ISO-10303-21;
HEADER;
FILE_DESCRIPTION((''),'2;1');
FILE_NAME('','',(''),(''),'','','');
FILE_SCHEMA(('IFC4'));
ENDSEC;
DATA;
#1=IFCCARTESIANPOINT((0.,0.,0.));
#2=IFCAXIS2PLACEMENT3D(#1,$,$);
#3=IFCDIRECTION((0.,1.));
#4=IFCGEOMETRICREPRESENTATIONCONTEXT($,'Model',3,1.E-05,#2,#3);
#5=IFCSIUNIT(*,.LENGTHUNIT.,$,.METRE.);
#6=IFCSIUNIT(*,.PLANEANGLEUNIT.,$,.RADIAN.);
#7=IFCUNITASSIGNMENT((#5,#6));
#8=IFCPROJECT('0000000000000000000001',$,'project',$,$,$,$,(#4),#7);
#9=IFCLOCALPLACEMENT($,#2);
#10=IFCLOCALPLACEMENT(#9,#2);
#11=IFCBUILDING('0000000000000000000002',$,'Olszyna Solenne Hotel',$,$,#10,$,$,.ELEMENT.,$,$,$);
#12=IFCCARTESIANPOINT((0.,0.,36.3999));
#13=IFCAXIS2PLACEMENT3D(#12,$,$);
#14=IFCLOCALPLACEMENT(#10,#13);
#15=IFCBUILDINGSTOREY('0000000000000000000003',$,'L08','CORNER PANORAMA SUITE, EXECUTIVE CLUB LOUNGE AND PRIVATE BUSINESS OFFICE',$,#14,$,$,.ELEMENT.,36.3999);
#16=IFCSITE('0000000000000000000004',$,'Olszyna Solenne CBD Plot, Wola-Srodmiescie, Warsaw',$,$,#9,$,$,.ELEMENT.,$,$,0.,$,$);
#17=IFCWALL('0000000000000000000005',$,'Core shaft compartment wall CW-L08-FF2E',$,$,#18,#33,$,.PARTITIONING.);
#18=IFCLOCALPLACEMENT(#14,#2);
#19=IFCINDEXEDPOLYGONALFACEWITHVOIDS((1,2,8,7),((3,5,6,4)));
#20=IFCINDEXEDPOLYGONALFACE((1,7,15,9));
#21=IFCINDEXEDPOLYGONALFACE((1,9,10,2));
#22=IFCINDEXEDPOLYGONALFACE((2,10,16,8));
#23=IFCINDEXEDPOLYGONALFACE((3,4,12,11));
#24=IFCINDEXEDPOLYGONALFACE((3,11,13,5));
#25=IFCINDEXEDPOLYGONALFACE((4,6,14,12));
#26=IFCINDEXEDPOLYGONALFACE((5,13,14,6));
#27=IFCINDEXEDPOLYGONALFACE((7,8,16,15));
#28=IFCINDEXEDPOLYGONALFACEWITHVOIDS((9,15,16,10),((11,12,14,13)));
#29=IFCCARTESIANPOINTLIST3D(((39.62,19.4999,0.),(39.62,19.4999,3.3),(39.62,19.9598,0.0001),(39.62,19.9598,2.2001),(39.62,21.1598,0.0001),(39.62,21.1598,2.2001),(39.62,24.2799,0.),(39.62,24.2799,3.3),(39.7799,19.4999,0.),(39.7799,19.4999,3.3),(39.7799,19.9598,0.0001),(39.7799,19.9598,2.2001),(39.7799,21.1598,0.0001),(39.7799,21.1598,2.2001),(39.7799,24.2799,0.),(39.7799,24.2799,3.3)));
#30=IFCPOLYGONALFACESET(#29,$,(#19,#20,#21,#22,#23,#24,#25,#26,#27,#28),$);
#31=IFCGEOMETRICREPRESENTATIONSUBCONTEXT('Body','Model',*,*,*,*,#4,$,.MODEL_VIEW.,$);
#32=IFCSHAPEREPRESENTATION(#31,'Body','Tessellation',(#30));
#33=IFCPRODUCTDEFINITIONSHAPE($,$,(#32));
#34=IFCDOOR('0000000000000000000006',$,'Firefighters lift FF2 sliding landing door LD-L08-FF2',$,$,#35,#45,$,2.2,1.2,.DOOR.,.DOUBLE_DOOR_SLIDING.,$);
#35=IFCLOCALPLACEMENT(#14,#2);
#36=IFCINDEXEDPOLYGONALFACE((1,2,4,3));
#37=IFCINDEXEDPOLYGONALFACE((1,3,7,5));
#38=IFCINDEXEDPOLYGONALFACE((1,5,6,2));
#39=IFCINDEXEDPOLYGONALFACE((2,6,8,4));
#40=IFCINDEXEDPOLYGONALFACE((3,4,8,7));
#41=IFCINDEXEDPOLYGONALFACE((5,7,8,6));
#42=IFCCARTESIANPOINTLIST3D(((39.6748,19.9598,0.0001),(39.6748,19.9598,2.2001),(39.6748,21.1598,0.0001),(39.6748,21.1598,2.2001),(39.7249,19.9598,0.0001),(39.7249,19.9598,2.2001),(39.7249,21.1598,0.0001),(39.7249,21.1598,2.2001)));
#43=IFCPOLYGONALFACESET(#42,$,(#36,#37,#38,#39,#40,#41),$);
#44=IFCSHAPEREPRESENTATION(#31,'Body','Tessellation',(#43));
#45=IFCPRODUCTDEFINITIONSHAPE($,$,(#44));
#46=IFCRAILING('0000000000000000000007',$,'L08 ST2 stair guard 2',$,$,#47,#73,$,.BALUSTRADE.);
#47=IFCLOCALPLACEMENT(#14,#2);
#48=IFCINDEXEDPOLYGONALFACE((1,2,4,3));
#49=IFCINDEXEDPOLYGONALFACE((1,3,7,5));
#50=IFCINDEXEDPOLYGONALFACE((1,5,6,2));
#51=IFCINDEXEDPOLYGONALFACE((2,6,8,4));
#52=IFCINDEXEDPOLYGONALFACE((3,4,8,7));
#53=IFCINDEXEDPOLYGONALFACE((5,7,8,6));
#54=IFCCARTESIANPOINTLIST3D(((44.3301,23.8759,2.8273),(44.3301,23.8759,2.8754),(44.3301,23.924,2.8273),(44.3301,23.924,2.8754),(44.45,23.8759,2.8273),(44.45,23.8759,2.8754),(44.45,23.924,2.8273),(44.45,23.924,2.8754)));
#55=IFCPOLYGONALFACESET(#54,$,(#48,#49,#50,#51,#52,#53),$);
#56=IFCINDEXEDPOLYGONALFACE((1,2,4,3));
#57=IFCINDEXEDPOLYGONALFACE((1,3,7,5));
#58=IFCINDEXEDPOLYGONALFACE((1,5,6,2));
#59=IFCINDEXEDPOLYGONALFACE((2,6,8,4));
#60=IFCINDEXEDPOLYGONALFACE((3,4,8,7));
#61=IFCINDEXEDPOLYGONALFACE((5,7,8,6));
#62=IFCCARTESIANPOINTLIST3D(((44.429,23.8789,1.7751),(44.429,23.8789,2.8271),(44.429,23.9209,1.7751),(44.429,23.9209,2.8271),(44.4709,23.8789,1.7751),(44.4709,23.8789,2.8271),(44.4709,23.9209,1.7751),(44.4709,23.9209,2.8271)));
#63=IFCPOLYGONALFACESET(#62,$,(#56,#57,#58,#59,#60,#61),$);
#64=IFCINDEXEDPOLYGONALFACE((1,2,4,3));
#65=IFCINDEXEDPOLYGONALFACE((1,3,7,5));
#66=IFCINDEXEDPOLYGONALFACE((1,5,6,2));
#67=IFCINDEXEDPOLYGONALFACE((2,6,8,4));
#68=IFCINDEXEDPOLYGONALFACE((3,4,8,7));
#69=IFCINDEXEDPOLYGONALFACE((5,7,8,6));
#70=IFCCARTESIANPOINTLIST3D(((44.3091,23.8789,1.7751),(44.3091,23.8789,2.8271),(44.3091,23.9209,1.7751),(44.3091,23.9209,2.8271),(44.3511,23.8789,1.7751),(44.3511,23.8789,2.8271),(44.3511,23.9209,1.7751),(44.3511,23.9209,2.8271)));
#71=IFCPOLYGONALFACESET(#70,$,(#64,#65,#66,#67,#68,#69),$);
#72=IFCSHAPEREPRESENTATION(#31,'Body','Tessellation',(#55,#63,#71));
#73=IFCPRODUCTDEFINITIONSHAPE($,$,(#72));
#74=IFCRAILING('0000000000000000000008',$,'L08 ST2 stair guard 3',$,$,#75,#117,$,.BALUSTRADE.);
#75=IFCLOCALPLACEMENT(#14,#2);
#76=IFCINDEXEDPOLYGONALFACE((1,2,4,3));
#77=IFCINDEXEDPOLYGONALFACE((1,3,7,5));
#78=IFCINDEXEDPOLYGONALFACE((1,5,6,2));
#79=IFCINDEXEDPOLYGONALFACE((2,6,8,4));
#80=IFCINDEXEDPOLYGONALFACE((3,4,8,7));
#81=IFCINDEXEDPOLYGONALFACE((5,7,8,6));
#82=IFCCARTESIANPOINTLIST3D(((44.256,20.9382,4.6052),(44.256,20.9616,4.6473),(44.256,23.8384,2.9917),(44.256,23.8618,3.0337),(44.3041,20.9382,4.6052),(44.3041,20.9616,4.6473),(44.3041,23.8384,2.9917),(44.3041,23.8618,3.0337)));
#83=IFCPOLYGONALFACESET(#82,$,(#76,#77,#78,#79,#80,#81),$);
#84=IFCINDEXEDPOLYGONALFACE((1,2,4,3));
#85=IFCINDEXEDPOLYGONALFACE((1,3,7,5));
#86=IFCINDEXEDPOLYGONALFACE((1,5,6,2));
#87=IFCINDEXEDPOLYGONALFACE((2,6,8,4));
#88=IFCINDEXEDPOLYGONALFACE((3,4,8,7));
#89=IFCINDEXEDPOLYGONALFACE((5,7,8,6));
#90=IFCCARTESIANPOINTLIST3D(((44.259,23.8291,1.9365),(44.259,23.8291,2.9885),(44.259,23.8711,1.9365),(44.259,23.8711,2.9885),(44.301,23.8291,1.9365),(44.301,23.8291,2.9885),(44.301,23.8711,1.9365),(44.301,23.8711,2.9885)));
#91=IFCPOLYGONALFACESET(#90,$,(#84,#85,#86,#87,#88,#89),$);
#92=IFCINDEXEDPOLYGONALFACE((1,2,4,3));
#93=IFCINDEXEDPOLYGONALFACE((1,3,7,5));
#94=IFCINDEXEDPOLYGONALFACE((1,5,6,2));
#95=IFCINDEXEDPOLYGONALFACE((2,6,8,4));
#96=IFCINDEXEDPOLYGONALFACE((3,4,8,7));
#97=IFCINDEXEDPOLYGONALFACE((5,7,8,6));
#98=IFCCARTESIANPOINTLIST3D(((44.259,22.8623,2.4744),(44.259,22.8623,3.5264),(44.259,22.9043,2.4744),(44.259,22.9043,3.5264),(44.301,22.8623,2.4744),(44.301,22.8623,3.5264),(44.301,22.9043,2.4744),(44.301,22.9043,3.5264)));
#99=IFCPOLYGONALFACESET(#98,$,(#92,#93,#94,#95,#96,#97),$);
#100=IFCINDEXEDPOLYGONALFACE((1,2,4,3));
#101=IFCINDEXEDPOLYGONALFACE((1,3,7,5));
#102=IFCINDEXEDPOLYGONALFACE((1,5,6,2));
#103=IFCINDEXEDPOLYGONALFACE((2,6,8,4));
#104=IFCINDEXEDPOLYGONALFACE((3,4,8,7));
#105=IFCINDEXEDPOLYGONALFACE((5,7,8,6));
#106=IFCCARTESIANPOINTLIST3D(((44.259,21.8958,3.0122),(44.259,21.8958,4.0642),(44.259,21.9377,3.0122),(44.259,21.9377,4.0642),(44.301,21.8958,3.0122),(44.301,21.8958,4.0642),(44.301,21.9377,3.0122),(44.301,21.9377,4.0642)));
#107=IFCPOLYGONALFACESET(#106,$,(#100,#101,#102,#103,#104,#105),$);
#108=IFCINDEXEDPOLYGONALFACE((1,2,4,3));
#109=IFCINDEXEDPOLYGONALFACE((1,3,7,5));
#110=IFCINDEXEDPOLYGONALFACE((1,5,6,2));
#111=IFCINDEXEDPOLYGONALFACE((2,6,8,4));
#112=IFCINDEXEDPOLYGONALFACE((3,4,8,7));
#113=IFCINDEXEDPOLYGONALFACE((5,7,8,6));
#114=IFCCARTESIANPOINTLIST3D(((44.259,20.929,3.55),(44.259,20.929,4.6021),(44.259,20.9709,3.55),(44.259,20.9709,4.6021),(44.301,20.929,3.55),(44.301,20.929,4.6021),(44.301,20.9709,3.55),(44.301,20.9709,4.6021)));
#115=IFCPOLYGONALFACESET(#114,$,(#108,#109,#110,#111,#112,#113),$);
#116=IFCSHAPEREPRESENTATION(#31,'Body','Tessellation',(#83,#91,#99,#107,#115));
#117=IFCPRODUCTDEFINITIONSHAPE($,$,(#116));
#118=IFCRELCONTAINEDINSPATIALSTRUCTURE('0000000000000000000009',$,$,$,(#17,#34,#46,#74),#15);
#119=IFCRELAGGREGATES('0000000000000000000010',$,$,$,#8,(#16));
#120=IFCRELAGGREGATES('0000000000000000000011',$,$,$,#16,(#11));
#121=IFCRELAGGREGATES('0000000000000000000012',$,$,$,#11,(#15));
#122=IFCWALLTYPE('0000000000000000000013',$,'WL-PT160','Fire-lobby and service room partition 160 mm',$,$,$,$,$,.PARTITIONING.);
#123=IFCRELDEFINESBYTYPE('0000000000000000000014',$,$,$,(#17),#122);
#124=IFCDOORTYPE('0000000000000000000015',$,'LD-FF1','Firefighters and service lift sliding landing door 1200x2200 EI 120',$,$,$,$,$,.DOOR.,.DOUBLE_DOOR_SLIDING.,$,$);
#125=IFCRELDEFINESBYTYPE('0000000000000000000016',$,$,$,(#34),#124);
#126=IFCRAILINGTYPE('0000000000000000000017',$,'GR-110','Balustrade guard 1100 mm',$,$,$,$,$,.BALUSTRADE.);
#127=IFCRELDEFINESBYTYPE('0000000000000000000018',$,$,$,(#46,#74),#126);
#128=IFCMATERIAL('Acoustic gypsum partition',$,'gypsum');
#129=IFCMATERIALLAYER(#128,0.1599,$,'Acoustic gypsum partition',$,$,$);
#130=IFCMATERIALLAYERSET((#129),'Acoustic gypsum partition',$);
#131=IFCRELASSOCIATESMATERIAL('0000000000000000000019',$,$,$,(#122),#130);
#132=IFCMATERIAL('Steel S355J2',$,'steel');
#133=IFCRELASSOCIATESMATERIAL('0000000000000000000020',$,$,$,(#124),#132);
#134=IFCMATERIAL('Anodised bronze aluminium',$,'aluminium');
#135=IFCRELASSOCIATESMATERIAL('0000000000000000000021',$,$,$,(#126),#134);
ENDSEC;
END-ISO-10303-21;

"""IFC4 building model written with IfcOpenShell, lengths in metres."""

from ifc_helpers import new_model, si_unit, direction, frame, frame_2d, origin, origin_2d, place, context, subcontext, project, spatial, rectangle, extrude, source, transform, mapped, material, layer, layer_set, type_object, type_shapes, element, fill, save


model = new_model("IFC4")

# Units and contexts
model_context = context("Model", 3, precision=1e-05, world=origin(), true_north=direction((0.0, 1.0)))
body_context = subcontext(model_context, "Body", "Model", "MODEL_VIEW")
ifc_project = project(units=[si_unit("LENGTHUNIT", "METRE"), si_unit("PLANEANGLEUNIT", "RADIAN")], contexts=[model_context])

# Site, building, storey
site_placement = place(None, origin())
site = spatial("IfcSite", under=ifc_project, at=site_placement, Name="Olszyna Solenne CBD Plot, Wola-Srodmiescie, Warsaw", CompositionType="ELEMENT", RefElevation=0.0)
building_placement = place(site_placement, origin())
building = spatial("IfcBuilding", under=site, at=building_placement, Name="Olszyna Solenne Hotel", CompositionType="ELEMENT")
storey_placement = place(building_placement, frame((0.0, 0.0, 36.3999)))
storey = spatial("IfcBuildingStorey", under=building, at=storey_placement, Name="L08", Description="CORNER PANORAMA SUITE, EXECUTIVE CLUB LOUNGE AND PRIVATE BUSINESS OFFICE", CompositionType="ELEMENT", Elevation=36.3999)

# Shared definitions
ifc_material_1 = material(Name="Steel S355J2", Category="steel")

# Shared definitions
ifc_material_2 = material(Name="Acoustic gypsum partition", Category="gypsum")

# Shared definitions
ifc_layer_1 = layer(ifc_material_2, 0.1599, Name="Acoustic gypsum partition")
ifc_layer_set_1 = layer_set([ifc_layer_1], Name="Acoustic gypsum partition")
wall_type_1 = type_object("IfcWallType", Name="WL-PT160", Description="Fire-lobby and service room partition 160 mm", PredefinedType="PARTITIONING", material=ifc_layer_set_1)

# Wall, opening, door
wall_1_placement = place(storey_placement, frame((39.7, 24.28, 0.0), z_axis=(0.0, 0.0, 1.0), x_axis=(0.0, -1.0, 0.0)))
wall_1 = element("IfcWall", 1, at=wall_1_placement, inside=storey, type_object=wall_type_1, Name="Core shaft compartment wall CW-L08-FF2E", PredefinedType="PARTITIONING", context=body_context, shape_type="SweptSolid", body=[
    extrude(rectangle(XDim=4.78, YDim=0.1599, at=frame_2d((2.3901, 0.0))), origin(), (0.0, 0.0, 1.0), 3.3),
])
opening_1_placement = place(wall_1_placement, frame((3.1201, 0.0, 0.0)))
opening_1 = element("IfcOpeningElement", 2, at=opening_1_placement, cuts=wall_1, PredefinedType="OPENING", context=body_context, shape_type="SweptSolid", body=[
    extrude(rectangle(XDim=1.2, YDim=2.2, at=frame_2d((0.6001, 1.1001))), frame((0.0, 0.0898, 0.0), z_axis=(0.0, -1.0, 0.0), x_axis=(1.0, 0.0, 0.0)), (0.0, 0.0, 1.0), 0.1799),
])
door_type_1 = type_object("IfcDoorType", Name="LD-FF1", Description="Firefighters and service lift sliding landing door 1200x2200 EI 120", OperationType="DOUBLE_DOOR_SLIDING", PredefinedType="DOOR", material=ifc_material_1)
shared_shape_1 = source(origin(), body_context, "Body", "SweptSolid", [
    extrude(rectangle(XDim=1.2, YDim=2.2, at=frame_2d((0.6001, 1.1001))), frame((0.0, 0.0249, 0.0), z_axis=(0.0, -1.0, 0.0), x_axis=(1.0, 0.0, 0.0)), (0.0, 0.0, 1.0), 0.05),
])
type_shapes(door_type_1, [shared_shape_1])
door_1_placement = place(opening_1_placement, origin())
door_1 = element("IfcDoor", 3, at=door_1_placement, inside=storey, type_object=door_type_1, Name="Firefighters lift FF2 sliding landing door LD-L08-FF2", OperationType="DOUBLE_DOOR_SLIDING", OverallHeight=2.2, OverallWidth=1.2, PredefinedType="DOOR", context=body_context, shape_type="MappedRepresentation", body=[
    mapped(shared_shape_1, transform((0.0, 0.0, 0.0), x_axis=(1.0, 0.0, 0.0), y_axis=(0.0, 1.0, 0.0), z_axis=(0.0, 0.0, 1.0), scale=1.0)),
])
fill(opening_1, door_1)

# Railings
ifc_material_3 = material(Name="Anodised bronze aluminium", Category="aluminium")
railing_type = type_object("IfcRailingType", Name="GR-110", Description="Balustrade guard 1100 mm", PredefinedType="BALUSTRADE", material=ifc_material_3)
railing_1_placement = place(storey_placement, frame((44.45, 23.8999, 1.7751)))
element("IfcRailing", 4, at=railing_1_placement, inside=storey, type_object=railing_type, Name="L08 ST2 stair guard 2", PredefinedType="BALUSTRADE", context=body_context, shape_type="SweptSolid", body=[
    extrude(rectangle(XDim=0.0481, YDim=0.0481, at=origin_2d()), frame((0.0, 0.0, 1.0762), z_axis=(-1.0, 0.0, 0.0), x_axis=(0.0, -1.0, 0.0)), (0.0, 0.0, 1.0), 0.1199),
    extrude(rectangle(XDim=0.042, YDim=0.042, at=origin_2d()), origin(), (0.0, 0.0, 1.0), 1.052),
    extrude(rectangle(XDim=0.042, YDim=0.042, at=origin_2d()), frame((-0.1199, 0.0, 0.0)), (0.0, 0.0, 1.0), 1.052),
])
railing_2_placement = place(storey_placement, frame((44.28, 23.8501, 1.9365)))
element("IfcRailing", 5, at=railing_2_placement, inside=storey, type_object=railing_type, Name="L08 ST2 stair guard 3", PredefinedType="BALUSTRADE", context=body_context, shape_type="SweptSolid", body=[
    extrude(rectangle(XDim=0.0481, YDim=0.0481, at=origin_2d()), frame((0.0, 0.0, 1.0762), z_axis=(0.0, -0.873859, 0.48618), x_axis=(1.0, 0.0, 0.0)), (0.0, 0.0, 1.0), 3.3188),
    extrude(rectangle(XDim=0.042, YDim=0.042, at=origin_2d()), origin(), (0.0, 0.0, 1.0), 1.052),
    extrude(rectangle(XDim=0.042, YDim=0.042, at=origin_2d()), frame((0.0, -0.9668, 0.5378)), (0.0, 0.0, 1.0), 1.052),
    extrude(rectangle(XDim=0.042, YDim=0.042, at=origin_2d()), frame((0.0, -1.9333, 1.0757)), (0.0, 0.0, 1.0), 1.052),
    extrude(rectangle(XDim=0.042, YDim=0.042, at=origin_2d()), frame((0.0, -2.9001, 1.6135)), (0.0, 0.0, 1.0), 1.052),
])

save(model, "model.ifc")
